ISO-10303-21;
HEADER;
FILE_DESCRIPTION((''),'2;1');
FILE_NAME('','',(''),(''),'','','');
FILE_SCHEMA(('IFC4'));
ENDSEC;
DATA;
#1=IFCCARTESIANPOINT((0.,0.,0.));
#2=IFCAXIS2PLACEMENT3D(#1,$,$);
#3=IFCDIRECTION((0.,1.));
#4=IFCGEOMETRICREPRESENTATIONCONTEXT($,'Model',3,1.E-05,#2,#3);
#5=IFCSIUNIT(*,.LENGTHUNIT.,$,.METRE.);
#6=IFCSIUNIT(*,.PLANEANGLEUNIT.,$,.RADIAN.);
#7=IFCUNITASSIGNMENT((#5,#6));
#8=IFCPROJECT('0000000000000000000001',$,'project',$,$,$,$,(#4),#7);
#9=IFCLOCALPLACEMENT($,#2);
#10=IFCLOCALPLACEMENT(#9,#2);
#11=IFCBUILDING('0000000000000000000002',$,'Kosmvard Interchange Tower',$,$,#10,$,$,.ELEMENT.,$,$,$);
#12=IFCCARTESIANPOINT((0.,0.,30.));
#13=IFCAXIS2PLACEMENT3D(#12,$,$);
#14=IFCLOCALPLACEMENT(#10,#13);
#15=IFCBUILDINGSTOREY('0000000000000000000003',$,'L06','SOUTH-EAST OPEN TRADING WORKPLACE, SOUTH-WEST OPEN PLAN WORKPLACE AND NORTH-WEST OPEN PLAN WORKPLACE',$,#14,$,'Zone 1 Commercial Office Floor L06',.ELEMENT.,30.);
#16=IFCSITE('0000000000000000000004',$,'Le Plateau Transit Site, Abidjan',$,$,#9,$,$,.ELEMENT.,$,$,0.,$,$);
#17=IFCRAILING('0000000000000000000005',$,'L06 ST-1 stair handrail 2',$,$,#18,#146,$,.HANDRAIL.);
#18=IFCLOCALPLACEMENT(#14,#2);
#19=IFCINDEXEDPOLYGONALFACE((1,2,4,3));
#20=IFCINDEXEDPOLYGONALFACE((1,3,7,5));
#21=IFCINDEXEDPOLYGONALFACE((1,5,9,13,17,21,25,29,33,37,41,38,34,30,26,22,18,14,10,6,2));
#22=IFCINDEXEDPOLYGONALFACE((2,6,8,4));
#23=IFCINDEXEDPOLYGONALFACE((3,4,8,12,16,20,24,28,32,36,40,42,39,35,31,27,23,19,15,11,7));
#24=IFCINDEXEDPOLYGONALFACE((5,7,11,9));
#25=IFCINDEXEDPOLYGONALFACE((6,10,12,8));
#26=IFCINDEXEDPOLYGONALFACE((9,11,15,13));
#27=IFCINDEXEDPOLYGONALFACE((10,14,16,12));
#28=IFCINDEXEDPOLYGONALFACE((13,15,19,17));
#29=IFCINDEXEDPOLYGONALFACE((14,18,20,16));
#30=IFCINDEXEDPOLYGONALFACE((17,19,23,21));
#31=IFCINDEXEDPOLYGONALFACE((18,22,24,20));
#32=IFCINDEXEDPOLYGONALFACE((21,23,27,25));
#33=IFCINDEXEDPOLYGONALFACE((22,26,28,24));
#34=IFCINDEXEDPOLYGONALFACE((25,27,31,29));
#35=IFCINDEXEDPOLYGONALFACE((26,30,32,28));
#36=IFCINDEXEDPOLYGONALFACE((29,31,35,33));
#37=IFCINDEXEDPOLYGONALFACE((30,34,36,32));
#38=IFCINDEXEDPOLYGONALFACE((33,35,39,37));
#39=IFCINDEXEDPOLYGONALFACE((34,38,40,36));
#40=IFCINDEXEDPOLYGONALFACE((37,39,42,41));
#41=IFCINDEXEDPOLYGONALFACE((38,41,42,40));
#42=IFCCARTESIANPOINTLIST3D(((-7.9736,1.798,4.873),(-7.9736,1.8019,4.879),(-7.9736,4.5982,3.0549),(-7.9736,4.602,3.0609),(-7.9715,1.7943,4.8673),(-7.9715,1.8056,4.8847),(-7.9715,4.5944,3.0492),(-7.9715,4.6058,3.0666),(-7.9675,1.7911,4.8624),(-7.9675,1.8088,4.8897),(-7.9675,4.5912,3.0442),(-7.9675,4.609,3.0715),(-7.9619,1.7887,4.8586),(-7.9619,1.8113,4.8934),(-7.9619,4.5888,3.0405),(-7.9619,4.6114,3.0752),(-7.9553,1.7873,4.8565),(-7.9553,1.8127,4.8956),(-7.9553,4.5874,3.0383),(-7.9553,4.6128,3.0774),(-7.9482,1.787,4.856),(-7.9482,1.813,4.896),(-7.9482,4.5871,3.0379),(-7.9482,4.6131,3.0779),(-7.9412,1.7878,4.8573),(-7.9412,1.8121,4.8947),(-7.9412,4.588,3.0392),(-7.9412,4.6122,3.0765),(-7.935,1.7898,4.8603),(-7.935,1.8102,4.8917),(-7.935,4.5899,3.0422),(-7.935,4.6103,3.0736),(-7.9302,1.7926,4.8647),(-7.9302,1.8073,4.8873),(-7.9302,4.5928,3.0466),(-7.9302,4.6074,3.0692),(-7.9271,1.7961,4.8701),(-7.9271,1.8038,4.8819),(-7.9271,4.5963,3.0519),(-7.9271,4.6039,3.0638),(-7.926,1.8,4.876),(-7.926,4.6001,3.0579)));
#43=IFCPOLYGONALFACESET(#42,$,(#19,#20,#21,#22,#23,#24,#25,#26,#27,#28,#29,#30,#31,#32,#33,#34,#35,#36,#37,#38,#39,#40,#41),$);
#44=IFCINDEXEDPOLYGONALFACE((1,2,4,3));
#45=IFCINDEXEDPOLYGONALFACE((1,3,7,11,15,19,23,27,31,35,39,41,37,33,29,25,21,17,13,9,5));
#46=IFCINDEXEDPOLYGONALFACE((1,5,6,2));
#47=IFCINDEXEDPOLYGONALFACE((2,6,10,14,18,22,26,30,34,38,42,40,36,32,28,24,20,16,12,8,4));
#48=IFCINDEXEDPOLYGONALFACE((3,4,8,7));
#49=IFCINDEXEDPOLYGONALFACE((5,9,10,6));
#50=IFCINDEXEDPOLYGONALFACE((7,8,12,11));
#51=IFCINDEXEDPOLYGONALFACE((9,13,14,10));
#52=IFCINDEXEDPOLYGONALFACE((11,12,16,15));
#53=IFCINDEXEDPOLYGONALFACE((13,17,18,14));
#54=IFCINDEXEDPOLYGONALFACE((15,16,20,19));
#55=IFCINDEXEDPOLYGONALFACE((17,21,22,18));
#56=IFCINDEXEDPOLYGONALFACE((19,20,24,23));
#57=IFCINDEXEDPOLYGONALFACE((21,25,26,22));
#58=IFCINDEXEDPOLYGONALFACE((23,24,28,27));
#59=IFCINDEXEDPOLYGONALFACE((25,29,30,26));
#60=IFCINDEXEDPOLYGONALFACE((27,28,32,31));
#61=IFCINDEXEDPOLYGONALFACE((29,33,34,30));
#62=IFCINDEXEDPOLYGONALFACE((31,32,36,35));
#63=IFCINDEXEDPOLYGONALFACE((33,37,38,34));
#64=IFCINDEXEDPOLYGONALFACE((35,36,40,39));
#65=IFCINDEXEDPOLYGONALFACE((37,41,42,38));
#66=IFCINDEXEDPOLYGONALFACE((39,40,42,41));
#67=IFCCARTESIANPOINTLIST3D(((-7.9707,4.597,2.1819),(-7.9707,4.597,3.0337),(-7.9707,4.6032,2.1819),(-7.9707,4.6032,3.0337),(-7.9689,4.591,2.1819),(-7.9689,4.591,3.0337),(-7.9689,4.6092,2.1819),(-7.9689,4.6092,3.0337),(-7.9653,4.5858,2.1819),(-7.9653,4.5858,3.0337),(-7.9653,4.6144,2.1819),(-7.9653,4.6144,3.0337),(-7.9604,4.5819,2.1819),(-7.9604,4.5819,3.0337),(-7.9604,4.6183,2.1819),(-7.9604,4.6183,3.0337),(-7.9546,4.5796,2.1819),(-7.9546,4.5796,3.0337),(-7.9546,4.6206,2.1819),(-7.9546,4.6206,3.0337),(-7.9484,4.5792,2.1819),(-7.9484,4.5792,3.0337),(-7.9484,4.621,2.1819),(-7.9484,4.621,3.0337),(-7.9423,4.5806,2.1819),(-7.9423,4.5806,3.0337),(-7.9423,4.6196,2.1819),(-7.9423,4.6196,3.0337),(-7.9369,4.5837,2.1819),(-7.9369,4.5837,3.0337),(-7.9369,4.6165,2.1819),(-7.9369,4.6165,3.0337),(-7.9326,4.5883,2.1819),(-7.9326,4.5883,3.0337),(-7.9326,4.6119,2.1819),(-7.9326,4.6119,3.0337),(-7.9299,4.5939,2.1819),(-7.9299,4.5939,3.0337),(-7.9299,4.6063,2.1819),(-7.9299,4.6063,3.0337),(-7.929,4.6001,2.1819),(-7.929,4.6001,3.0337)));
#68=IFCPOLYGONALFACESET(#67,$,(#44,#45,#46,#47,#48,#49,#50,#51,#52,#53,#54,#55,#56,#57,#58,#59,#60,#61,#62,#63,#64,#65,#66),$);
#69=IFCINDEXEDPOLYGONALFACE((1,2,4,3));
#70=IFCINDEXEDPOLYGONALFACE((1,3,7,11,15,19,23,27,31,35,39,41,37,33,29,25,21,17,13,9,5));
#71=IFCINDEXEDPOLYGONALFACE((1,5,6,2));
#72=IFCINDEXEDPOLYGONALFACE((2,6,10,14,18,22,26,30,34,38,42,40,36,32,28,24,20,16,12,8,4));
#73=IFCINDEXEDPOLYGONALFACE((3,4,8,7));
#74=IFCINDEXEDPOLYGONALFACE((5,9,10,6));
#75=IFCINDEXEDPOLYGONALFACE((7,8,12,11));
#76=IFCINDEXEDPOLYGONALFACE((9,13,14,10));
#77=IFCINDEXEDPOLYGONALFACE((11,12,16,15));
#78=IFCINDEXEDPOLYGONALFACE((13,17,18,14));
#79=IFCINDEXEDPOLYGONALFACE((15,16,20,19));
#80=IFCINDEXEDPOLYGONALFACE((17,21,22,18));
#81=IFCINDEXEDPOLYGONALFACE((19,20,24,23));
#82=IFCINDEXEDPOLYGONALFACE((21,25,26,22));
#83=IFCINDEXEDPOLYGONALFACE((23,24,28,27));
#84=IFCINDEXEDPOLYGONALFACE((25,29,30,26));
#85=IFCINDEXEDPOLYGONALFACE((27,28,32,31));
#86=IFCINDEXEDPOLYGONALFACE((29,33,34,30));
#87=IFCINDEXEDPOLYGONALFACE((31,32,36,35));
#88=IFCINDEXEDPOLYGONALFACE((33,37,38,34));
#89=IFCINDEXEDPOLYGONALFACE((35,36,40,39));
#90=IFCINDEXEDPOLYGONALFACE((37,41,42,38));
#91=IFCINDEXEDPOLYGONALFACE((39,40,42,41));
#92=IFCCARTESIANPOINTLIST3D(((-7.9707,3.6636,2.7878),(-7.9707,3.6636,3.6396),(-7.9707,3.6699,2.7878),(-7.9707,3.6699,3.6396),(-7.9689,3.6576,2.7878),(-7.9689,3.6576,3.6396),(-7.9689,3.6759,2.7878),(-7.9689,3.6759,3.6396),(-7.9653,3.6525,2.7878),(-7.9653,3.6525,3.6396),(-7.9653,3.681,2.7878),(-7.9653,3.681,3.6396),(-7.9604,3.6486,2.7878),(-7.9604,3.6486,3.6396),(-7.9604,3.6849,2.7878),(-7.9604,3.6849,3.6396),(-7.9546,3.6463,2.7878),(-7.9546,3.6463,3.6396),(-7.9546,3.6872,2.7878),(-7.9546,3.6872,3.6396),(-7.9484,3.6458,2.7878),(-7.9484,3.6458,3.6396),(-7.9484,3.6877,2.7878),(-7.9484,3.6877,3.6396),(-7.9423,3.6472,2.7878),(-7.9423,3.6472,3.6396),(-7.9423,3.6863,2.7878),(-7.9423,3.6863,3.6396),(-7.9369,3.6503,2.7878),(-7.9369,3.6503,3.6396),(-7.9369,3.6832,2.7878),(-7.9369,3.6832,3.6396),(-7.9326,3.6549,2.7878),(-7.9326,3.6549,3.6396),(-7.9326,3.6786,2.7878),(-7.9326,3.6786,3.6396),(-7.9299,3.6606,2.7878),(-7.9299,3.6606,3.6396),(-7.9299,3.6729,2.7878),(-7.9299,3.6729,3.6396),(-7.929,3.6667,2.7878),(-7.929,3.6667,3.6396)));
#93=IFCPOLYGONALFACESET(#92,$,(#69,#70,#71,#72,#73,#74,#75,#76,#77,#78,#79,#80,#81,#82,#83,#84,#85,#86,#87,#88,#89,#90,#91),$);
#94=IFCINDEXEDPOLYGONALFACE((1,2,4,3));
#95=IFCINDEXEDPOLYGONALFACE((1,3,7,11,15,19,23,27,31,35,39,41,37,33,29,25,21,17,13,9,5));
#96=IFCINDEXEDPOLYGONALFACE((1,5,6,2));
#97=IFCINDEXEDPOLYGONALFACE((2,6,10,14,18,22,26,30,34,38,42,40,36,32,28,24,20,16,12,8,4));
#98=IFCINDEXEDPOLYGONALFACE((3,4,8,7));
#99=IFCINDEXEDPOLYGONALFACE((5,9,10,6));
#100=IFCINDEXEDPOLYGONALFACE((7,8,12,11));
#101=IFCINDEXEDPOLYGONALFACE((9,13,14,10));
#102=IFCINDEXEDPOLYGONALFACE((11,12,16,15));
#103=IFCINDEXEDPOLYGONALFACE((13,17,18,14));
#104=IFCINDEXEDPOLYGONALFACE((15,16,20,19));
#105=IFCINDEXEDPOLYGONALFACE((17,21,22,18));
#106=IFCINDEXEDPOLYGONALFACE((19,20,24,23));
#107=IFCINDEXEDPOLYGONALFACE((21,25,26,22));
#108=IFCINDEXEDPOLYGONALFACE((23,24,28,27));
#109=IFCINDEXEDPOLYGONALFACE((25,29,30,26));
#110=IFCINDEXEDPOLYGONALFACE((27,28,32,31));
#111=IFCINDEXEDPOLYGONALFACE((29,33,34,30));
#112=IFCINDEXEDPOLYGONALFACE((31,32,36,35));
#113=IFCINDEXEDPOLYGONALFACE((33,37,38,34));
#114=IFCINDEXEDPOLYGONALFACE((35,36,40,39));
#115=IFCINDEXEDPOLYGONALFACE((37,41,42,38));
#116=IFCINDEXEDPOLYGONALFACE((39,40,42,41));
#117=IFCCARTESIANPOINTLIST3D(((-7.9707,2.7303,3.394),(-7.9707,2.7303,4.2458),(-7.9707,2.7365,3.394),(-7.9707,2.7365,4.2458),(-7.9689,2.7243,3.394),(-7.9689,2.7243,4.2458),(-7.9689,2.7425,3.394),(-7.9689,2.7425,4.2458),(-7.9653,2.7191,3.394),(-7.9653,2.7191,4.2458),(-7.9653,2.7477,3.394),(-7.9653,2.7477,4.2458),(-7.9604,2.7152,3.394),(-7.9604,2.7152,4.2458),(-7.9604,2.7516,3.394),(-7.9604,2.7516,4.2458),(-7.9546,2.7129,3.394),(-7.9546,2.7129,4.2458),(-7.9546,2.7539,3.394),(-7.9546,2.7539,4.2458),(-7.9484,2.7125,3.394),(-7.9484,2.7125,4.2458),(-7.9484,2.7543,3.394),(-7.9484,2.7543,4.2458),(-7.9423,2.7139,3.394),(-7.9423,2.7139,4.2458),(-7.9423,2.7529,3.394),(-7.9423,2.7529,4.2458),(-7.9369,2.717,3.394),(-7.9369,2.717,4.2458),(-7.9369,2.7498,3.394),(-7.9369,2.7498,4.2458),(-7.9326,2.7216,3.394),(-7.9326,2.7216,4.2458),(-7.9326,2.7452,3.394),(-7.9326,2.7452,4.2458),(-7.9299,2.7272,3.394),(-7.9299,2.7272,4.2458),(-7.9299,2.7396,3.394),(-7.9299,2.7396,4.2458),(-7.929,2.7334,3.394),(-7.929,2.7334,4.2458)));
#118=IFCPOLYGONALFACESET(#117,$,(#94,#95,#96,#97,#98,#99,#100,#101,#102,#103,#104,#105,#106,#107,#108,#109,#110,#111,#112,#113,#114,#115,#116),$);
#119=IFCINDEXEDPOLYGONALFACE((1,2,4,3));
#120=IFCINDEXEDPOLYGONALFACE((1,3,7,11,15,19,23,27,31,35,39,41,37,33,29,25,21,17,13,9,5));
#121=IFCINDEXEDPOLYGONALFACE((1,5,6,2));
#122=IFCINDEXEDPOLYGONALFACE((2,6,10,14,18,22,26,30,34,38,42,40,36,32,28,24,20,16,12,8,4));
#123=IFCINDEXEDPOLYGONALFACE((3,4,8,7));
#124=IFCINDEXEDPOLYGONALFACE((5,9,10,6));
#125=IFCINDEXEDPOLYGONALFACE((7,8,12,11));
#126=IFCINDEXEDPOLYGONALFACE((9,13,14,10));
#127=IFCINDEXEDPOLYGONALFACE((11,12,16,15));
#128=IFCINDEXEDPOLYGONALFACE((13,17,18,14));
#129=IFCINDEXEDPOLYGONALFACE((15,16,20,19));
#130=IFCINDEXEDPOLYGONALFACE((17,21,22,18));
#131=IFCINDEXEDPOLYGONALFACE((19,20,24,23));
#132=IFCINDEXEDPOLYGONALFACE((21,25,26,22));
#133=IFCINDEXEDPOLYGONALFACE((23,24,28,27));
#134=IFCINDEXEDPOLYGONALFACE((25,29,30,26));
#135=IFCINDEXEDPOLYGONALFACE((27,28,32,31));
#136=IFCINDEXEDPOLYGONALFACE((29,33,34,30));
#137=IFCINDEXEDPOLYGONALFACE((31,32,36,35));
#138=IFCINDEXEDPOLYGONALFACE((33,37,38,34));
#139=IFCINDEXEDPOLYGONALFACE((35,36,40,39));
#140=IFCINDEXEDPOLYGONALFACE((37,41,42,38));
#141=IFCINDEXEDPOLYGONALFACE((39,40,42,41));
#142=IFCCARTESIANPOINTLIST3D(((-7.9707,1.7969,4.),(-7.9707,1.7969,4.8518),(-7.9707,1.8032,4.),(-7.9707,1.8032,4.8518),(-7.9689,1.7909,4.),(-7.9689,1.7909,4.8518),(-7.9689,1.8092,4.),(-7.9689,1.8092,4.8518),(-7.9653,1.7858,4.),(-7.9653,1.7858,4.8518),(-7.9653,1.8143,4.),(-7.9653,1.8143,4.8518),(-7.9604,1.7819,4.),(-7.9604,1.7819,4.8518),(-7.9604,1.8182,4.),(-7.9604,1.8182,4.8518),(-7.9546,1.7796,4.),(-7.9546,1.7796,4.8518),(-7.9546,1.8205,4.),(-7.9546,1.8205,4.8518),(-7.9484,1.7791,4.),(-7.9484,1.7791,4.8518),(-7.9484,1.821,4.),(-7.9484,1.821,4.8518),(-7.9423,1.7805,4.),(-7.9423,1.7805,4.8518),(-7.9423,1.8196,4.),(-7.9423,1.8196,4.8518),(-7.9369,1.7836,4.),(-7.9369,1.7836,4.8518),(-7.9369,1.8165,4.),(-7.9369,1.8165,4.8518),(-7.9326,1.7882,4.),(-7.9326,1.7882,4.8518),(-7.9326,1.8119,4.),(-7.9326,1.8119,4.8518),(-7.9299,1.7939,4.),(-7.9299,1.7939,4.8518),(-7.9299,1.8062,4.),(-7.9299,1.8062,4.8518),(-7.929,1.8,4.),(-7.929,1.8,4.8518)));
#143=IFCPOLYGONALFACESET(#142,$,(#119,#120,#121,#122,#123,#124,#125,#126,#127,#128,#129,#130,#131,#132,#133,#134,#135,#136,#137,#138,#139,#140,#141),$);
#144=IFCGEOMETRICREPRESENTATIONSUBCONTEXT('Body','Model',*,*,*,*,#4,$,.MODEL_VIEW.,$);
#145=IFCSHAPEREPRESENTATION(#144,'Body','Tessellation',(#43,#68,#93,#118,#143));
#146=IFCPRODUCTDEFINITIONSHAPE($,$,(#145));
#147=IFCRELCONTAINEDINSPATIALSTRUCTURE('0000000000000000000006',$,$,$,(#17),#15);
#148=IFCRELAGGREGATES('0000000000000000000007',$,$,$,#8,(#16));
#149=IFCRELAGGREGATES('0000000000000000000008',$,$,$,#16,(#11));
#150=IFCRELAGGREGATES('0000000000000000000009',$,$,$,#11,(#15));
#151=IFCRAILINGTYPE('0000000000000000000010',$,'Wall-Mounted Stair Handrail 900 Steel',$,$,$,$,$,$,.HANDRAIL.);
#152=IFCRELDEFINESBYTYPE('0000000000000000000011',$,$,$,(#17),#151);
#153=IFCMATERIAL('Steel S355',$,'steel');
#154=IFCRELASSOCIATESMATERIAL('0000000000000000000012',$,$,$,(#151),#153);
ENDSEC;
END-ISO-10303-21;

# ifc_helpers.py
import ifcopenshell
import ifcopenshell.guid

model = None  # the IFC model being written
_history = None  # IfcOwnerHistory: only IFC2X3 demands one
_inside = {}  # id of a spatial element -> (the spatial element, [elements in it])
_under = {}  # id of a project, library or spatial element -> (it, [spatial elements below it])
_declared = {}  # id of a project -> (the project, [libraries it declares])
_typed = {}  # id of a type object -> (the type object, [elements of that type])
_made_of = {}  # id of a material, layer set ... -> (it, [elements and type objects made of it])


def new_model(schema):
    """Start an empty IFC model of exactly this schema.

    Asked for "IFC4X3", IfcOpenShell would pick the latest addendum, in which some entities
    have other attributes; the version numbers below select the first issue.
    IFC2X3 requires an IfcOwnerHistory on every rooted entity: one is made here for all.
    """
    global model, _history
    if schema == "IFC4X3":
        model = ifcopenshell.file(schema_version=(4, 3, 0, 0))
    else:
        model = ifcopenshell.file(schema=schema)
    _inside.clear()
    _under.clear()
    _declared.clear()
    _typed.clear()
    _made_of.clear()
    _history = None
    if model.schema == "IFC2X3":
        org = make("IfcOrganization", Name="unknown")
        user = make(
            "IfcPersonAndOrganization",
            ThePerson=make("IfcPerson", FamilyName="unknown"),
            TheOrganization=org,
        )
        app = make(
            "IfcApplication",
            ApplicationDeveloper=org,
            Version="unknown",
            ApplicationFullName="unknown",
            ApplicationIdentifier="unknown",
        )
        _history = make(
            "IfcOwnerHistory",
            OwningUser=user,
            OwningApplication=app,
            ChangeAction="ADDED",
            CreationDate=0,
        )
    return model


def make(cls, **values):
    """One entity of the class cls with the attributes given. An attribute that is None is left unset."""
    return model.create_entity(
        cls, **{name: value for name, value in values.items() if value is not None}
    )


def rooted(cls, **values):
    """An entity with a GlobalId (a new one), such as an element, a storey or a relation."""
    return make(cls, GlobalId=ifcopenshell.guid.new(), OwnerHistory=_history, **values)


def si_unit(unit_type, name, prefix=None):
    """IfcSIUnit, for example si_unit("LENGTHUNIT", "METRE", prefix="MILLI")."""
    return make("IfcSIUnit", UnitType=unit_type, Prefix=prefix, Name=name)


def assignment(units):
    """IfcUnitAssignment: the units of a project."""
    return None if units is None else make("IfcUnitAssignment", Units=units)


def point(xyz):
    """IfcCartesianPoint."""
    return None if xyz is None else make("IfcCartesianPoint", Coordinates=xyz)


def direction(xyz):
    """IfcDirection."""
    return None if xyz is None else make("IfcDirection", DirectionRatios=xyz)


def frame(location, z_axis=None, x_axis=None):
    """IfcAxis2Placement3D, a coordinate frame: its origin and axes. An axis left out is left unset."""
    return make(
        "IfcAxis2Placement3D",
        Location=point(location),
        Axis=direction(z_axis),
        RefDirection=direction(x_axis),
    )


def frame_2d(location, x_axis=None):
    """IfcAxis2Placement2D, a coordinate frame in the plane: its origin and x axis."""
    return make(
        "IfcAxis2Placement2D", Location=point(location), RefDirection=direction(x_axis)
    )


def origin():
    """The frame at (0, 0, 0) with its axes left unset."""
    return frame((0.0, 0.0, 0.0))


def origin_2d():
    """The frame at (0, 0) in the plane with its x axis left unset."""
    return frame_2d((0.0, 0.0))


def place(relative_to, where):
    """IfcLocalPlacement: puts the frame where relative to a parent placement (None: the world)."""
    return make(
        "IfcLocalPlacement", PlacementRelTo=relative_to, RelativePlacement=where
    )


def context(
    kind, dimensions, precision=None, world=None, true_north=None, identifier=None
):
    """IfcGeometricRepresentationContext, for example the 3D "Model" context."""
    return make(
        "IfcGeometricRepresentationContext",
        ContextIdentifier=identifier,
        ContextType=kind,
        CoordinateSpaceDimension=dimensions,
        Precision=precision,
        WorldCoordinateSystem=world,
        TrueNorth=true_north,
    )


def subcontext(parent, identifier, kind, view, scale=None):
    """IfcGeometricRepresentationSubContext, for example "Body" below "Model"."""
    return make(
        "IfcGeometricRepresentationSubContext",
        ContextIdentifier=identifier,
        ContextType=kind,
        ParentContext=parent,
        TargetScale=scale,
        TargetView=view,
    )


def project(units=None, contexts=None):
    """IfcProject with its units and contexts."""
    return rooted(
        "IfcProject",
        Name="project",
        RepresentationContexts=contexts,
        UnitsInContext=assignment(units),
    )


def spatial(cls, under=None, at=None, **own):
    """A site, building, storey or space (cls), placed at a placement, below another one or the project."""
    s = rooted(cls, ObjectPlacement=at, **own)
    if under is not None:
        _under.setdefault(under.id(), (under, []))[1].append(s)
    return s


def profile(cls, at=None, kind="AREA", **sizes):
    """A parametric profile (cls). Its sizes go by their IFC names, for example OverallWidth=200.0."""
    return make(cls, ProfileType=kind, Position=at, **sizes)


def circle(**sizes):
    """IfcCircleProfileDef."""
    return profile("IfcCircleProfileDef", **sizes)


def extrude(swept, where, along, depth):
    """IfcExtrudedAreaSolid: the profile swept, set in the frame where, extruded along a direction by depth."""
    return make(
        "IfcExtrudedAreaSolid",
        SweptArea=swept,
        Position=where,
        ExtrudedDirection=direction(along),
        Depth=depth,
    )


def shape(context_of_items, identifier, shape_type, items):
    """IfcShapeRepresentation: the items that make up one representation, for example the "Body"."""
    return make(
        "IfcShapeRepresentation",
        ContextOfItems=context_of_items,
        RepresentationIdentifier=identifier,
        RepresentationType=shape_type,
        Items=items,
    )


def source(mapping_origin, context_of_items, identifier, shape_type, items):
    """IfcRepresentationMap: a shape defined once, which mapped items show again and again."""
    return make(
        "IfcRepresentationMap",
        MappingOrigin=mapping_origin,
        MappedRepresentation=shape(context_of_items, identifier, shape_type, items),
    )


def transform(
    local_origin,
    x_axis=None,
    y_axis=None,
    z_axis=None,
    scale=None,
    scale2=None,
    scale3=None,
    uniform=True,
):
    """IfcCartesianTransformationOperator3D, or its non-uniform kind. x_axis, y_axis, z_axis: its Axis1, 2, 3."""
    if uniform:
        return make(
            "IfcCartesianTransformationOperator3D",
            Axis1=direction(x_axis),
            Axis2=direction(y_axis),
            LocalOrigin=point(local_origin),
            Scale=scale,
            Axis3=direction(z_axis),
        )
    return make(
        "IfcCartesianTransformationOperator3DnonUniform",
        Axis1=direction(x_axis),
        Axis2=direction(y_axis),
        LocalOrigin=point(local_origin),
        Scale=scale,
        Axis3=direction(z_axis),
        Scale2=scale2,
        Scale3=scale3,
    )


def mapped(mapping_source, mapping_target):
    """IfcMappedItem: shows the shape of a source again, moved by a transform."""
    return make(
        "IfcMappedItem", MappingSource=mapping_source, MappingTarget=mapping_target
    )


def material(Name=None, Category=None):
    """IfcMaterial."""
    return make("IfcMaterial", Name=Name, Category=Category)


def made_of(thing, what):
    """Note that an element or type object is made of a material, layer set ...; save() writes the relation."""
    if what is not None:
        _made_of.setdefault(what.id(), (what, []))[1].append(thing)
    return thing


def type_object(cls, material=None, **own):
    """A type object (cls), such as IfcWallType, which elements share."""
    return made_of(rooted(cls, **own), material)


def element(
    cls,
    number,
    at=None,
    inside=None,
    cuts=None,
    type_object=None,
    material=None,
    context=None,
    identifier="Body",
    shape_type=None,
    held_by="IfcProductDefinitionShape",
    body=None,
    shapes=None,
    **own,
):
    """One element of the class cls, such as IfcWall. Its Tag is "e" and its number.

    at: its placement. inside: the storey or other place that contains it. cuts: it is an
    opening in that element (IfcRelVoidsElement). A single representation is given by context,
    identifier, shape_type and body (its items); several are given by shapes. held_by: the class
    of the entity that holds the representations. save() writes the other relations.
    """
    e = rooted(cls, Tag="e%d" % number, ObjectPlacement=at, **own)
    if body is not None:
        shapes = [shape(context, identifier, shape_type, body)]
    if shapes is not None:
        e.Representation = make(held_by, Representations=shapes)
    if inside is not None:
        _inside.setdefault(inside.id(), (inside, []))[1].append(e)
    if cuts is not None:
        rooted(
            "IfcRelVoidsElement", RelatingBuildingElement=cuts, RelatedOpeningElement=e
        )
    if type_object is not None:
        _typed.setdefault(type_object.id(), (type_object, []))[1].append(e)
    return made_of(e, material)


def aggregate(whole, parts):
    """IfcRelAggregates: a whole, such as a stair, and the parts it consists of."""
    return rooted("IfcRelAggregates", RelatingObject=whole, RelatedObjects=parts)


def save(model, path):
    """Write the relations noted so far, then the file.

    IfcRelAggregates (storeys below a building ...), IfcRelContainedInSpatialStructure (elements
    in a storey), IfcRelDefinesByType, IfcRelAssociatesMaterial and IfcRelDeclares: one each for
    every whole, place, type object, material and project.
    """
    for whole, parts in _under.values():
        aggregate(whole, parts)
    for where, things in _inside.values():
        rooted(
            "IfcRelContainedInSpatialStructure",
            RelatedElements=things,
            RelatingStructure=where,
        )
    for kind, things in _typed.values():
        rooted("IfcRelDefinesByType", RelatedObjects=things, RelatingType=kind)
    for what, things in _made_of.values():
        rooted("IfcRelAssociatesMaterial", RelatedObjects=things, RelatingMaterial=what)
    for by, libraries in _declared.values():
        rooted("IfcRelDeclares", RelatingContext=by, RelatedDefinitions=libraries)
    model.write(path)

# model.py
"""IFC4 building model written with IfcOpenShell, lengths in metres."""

from ifc_helpers import new_model, si_unit, direction, frame, origin, origin_2d, place, context, subcontext, project, spatial, circle, extrude, source, transform, mapped, material, type_object, element, save


model = new_model("IFC4")

# Units and contexts
model_context = context("Model", 3, precision=1e-05, world=origin(), true_north=direction((0.0, 1.0)))
body_context = subcontext(model_context, "Body", "Model", "MODEL_VIEW")
ifc_project = project(units=[si_unit("LENGTHUNIT", "METRE"), si_unit("PLANEANGLEUNIT", "RADIAN")], contexts=[model_context])

# Site, building, storey
site_placement = place(None, origin())
site = spatial("IfcSite", under=ifc_project, at=site_placement, Name="Le Plateau Transit Site, Abidjan", CompositionType="ELEMENT", RefElevation=0.0)
building_placement = place(site_placement, origin())
building = spatial("IfcBuilding", under=site, at=building_placement, Name="Kosmvard Interchange Tower", CompositionType="ELEMENT")
storey_placement = place(building_placement, frame((0.0, 0.0, 30.0)))
storey = spatial("IfcBuildingStorey", under=building, at=storey_placement, Name="L06", Description="SOUTH-EAST OPEN TRADING WORKPLACE, SOUTH-WEST OPEN PLAN WORKPLACE AND NORTH-WEST OPEN PLAN WORKPLACE", LongName="Zone 1 Commercial Office Floor L06", CompositionType="ELEMENT", Elevation=30.0)

# Shared definitions
ifc_material_1 = material(Name="Steel S355", Category="steel")

# Railing
railing_type_1 = type_object("IfcRailingType", Name="Wall-Mounted Stair Handrail 900 Steel", PredefinedType="HANDRAIL", material=ifc_material_1)
shared_shape_1 = source(origin(), body_context, "Body", "SweptSolid", [
    extrude(circle(Radius=0.0239, at=origin_2d()), frame((0.0, 0.0, 0.876), z_axis=(0.0, -0.838706, 0.544585), x_axis=(1.0, 0.0, 0.0)), (0.0, 0.0, 1.0), 3.3386),
    extrude(circle(Radius=0.021, at=origin_2d()), origin(), (0.0, 0.0, 1.0), 0.8518),
    extrude(circle(Radius=0.021, at=origin_2d()), frame((0.0, -0.9333, 0.606)), (0.0, 0.0, 1.0), 0.8518),
    extrude(circle(Radius=0.021, at=origin_2d()), frame((0.0, -1.8667, 1.2122)), (0.0, 0.0, 1.0), 0.8518),
    extrude(circle(Radius=0.021, at=origin_2d()), frame((0.0, -2.8, 1.8181)), (0.0, 0.0, 1.0), 0.8518),
])
railing_1_placement = place(storey_placement, frame((-7.95, 4.6001, 2.1819)))
element("IfcRailing", 1, at=railing_1_placement, inside=storey, type_object=railing_type_1, Name="L06 ST-1 stair handrail 2", PredefinedType="HANDRAIL", context=body_context, shape_type="MappedRepresentation", body=[
    mapped(shared_shape_1, transform((0.0, 0.0, 0.0), scale=1.0)),
])

save(model, "model.ifc")
